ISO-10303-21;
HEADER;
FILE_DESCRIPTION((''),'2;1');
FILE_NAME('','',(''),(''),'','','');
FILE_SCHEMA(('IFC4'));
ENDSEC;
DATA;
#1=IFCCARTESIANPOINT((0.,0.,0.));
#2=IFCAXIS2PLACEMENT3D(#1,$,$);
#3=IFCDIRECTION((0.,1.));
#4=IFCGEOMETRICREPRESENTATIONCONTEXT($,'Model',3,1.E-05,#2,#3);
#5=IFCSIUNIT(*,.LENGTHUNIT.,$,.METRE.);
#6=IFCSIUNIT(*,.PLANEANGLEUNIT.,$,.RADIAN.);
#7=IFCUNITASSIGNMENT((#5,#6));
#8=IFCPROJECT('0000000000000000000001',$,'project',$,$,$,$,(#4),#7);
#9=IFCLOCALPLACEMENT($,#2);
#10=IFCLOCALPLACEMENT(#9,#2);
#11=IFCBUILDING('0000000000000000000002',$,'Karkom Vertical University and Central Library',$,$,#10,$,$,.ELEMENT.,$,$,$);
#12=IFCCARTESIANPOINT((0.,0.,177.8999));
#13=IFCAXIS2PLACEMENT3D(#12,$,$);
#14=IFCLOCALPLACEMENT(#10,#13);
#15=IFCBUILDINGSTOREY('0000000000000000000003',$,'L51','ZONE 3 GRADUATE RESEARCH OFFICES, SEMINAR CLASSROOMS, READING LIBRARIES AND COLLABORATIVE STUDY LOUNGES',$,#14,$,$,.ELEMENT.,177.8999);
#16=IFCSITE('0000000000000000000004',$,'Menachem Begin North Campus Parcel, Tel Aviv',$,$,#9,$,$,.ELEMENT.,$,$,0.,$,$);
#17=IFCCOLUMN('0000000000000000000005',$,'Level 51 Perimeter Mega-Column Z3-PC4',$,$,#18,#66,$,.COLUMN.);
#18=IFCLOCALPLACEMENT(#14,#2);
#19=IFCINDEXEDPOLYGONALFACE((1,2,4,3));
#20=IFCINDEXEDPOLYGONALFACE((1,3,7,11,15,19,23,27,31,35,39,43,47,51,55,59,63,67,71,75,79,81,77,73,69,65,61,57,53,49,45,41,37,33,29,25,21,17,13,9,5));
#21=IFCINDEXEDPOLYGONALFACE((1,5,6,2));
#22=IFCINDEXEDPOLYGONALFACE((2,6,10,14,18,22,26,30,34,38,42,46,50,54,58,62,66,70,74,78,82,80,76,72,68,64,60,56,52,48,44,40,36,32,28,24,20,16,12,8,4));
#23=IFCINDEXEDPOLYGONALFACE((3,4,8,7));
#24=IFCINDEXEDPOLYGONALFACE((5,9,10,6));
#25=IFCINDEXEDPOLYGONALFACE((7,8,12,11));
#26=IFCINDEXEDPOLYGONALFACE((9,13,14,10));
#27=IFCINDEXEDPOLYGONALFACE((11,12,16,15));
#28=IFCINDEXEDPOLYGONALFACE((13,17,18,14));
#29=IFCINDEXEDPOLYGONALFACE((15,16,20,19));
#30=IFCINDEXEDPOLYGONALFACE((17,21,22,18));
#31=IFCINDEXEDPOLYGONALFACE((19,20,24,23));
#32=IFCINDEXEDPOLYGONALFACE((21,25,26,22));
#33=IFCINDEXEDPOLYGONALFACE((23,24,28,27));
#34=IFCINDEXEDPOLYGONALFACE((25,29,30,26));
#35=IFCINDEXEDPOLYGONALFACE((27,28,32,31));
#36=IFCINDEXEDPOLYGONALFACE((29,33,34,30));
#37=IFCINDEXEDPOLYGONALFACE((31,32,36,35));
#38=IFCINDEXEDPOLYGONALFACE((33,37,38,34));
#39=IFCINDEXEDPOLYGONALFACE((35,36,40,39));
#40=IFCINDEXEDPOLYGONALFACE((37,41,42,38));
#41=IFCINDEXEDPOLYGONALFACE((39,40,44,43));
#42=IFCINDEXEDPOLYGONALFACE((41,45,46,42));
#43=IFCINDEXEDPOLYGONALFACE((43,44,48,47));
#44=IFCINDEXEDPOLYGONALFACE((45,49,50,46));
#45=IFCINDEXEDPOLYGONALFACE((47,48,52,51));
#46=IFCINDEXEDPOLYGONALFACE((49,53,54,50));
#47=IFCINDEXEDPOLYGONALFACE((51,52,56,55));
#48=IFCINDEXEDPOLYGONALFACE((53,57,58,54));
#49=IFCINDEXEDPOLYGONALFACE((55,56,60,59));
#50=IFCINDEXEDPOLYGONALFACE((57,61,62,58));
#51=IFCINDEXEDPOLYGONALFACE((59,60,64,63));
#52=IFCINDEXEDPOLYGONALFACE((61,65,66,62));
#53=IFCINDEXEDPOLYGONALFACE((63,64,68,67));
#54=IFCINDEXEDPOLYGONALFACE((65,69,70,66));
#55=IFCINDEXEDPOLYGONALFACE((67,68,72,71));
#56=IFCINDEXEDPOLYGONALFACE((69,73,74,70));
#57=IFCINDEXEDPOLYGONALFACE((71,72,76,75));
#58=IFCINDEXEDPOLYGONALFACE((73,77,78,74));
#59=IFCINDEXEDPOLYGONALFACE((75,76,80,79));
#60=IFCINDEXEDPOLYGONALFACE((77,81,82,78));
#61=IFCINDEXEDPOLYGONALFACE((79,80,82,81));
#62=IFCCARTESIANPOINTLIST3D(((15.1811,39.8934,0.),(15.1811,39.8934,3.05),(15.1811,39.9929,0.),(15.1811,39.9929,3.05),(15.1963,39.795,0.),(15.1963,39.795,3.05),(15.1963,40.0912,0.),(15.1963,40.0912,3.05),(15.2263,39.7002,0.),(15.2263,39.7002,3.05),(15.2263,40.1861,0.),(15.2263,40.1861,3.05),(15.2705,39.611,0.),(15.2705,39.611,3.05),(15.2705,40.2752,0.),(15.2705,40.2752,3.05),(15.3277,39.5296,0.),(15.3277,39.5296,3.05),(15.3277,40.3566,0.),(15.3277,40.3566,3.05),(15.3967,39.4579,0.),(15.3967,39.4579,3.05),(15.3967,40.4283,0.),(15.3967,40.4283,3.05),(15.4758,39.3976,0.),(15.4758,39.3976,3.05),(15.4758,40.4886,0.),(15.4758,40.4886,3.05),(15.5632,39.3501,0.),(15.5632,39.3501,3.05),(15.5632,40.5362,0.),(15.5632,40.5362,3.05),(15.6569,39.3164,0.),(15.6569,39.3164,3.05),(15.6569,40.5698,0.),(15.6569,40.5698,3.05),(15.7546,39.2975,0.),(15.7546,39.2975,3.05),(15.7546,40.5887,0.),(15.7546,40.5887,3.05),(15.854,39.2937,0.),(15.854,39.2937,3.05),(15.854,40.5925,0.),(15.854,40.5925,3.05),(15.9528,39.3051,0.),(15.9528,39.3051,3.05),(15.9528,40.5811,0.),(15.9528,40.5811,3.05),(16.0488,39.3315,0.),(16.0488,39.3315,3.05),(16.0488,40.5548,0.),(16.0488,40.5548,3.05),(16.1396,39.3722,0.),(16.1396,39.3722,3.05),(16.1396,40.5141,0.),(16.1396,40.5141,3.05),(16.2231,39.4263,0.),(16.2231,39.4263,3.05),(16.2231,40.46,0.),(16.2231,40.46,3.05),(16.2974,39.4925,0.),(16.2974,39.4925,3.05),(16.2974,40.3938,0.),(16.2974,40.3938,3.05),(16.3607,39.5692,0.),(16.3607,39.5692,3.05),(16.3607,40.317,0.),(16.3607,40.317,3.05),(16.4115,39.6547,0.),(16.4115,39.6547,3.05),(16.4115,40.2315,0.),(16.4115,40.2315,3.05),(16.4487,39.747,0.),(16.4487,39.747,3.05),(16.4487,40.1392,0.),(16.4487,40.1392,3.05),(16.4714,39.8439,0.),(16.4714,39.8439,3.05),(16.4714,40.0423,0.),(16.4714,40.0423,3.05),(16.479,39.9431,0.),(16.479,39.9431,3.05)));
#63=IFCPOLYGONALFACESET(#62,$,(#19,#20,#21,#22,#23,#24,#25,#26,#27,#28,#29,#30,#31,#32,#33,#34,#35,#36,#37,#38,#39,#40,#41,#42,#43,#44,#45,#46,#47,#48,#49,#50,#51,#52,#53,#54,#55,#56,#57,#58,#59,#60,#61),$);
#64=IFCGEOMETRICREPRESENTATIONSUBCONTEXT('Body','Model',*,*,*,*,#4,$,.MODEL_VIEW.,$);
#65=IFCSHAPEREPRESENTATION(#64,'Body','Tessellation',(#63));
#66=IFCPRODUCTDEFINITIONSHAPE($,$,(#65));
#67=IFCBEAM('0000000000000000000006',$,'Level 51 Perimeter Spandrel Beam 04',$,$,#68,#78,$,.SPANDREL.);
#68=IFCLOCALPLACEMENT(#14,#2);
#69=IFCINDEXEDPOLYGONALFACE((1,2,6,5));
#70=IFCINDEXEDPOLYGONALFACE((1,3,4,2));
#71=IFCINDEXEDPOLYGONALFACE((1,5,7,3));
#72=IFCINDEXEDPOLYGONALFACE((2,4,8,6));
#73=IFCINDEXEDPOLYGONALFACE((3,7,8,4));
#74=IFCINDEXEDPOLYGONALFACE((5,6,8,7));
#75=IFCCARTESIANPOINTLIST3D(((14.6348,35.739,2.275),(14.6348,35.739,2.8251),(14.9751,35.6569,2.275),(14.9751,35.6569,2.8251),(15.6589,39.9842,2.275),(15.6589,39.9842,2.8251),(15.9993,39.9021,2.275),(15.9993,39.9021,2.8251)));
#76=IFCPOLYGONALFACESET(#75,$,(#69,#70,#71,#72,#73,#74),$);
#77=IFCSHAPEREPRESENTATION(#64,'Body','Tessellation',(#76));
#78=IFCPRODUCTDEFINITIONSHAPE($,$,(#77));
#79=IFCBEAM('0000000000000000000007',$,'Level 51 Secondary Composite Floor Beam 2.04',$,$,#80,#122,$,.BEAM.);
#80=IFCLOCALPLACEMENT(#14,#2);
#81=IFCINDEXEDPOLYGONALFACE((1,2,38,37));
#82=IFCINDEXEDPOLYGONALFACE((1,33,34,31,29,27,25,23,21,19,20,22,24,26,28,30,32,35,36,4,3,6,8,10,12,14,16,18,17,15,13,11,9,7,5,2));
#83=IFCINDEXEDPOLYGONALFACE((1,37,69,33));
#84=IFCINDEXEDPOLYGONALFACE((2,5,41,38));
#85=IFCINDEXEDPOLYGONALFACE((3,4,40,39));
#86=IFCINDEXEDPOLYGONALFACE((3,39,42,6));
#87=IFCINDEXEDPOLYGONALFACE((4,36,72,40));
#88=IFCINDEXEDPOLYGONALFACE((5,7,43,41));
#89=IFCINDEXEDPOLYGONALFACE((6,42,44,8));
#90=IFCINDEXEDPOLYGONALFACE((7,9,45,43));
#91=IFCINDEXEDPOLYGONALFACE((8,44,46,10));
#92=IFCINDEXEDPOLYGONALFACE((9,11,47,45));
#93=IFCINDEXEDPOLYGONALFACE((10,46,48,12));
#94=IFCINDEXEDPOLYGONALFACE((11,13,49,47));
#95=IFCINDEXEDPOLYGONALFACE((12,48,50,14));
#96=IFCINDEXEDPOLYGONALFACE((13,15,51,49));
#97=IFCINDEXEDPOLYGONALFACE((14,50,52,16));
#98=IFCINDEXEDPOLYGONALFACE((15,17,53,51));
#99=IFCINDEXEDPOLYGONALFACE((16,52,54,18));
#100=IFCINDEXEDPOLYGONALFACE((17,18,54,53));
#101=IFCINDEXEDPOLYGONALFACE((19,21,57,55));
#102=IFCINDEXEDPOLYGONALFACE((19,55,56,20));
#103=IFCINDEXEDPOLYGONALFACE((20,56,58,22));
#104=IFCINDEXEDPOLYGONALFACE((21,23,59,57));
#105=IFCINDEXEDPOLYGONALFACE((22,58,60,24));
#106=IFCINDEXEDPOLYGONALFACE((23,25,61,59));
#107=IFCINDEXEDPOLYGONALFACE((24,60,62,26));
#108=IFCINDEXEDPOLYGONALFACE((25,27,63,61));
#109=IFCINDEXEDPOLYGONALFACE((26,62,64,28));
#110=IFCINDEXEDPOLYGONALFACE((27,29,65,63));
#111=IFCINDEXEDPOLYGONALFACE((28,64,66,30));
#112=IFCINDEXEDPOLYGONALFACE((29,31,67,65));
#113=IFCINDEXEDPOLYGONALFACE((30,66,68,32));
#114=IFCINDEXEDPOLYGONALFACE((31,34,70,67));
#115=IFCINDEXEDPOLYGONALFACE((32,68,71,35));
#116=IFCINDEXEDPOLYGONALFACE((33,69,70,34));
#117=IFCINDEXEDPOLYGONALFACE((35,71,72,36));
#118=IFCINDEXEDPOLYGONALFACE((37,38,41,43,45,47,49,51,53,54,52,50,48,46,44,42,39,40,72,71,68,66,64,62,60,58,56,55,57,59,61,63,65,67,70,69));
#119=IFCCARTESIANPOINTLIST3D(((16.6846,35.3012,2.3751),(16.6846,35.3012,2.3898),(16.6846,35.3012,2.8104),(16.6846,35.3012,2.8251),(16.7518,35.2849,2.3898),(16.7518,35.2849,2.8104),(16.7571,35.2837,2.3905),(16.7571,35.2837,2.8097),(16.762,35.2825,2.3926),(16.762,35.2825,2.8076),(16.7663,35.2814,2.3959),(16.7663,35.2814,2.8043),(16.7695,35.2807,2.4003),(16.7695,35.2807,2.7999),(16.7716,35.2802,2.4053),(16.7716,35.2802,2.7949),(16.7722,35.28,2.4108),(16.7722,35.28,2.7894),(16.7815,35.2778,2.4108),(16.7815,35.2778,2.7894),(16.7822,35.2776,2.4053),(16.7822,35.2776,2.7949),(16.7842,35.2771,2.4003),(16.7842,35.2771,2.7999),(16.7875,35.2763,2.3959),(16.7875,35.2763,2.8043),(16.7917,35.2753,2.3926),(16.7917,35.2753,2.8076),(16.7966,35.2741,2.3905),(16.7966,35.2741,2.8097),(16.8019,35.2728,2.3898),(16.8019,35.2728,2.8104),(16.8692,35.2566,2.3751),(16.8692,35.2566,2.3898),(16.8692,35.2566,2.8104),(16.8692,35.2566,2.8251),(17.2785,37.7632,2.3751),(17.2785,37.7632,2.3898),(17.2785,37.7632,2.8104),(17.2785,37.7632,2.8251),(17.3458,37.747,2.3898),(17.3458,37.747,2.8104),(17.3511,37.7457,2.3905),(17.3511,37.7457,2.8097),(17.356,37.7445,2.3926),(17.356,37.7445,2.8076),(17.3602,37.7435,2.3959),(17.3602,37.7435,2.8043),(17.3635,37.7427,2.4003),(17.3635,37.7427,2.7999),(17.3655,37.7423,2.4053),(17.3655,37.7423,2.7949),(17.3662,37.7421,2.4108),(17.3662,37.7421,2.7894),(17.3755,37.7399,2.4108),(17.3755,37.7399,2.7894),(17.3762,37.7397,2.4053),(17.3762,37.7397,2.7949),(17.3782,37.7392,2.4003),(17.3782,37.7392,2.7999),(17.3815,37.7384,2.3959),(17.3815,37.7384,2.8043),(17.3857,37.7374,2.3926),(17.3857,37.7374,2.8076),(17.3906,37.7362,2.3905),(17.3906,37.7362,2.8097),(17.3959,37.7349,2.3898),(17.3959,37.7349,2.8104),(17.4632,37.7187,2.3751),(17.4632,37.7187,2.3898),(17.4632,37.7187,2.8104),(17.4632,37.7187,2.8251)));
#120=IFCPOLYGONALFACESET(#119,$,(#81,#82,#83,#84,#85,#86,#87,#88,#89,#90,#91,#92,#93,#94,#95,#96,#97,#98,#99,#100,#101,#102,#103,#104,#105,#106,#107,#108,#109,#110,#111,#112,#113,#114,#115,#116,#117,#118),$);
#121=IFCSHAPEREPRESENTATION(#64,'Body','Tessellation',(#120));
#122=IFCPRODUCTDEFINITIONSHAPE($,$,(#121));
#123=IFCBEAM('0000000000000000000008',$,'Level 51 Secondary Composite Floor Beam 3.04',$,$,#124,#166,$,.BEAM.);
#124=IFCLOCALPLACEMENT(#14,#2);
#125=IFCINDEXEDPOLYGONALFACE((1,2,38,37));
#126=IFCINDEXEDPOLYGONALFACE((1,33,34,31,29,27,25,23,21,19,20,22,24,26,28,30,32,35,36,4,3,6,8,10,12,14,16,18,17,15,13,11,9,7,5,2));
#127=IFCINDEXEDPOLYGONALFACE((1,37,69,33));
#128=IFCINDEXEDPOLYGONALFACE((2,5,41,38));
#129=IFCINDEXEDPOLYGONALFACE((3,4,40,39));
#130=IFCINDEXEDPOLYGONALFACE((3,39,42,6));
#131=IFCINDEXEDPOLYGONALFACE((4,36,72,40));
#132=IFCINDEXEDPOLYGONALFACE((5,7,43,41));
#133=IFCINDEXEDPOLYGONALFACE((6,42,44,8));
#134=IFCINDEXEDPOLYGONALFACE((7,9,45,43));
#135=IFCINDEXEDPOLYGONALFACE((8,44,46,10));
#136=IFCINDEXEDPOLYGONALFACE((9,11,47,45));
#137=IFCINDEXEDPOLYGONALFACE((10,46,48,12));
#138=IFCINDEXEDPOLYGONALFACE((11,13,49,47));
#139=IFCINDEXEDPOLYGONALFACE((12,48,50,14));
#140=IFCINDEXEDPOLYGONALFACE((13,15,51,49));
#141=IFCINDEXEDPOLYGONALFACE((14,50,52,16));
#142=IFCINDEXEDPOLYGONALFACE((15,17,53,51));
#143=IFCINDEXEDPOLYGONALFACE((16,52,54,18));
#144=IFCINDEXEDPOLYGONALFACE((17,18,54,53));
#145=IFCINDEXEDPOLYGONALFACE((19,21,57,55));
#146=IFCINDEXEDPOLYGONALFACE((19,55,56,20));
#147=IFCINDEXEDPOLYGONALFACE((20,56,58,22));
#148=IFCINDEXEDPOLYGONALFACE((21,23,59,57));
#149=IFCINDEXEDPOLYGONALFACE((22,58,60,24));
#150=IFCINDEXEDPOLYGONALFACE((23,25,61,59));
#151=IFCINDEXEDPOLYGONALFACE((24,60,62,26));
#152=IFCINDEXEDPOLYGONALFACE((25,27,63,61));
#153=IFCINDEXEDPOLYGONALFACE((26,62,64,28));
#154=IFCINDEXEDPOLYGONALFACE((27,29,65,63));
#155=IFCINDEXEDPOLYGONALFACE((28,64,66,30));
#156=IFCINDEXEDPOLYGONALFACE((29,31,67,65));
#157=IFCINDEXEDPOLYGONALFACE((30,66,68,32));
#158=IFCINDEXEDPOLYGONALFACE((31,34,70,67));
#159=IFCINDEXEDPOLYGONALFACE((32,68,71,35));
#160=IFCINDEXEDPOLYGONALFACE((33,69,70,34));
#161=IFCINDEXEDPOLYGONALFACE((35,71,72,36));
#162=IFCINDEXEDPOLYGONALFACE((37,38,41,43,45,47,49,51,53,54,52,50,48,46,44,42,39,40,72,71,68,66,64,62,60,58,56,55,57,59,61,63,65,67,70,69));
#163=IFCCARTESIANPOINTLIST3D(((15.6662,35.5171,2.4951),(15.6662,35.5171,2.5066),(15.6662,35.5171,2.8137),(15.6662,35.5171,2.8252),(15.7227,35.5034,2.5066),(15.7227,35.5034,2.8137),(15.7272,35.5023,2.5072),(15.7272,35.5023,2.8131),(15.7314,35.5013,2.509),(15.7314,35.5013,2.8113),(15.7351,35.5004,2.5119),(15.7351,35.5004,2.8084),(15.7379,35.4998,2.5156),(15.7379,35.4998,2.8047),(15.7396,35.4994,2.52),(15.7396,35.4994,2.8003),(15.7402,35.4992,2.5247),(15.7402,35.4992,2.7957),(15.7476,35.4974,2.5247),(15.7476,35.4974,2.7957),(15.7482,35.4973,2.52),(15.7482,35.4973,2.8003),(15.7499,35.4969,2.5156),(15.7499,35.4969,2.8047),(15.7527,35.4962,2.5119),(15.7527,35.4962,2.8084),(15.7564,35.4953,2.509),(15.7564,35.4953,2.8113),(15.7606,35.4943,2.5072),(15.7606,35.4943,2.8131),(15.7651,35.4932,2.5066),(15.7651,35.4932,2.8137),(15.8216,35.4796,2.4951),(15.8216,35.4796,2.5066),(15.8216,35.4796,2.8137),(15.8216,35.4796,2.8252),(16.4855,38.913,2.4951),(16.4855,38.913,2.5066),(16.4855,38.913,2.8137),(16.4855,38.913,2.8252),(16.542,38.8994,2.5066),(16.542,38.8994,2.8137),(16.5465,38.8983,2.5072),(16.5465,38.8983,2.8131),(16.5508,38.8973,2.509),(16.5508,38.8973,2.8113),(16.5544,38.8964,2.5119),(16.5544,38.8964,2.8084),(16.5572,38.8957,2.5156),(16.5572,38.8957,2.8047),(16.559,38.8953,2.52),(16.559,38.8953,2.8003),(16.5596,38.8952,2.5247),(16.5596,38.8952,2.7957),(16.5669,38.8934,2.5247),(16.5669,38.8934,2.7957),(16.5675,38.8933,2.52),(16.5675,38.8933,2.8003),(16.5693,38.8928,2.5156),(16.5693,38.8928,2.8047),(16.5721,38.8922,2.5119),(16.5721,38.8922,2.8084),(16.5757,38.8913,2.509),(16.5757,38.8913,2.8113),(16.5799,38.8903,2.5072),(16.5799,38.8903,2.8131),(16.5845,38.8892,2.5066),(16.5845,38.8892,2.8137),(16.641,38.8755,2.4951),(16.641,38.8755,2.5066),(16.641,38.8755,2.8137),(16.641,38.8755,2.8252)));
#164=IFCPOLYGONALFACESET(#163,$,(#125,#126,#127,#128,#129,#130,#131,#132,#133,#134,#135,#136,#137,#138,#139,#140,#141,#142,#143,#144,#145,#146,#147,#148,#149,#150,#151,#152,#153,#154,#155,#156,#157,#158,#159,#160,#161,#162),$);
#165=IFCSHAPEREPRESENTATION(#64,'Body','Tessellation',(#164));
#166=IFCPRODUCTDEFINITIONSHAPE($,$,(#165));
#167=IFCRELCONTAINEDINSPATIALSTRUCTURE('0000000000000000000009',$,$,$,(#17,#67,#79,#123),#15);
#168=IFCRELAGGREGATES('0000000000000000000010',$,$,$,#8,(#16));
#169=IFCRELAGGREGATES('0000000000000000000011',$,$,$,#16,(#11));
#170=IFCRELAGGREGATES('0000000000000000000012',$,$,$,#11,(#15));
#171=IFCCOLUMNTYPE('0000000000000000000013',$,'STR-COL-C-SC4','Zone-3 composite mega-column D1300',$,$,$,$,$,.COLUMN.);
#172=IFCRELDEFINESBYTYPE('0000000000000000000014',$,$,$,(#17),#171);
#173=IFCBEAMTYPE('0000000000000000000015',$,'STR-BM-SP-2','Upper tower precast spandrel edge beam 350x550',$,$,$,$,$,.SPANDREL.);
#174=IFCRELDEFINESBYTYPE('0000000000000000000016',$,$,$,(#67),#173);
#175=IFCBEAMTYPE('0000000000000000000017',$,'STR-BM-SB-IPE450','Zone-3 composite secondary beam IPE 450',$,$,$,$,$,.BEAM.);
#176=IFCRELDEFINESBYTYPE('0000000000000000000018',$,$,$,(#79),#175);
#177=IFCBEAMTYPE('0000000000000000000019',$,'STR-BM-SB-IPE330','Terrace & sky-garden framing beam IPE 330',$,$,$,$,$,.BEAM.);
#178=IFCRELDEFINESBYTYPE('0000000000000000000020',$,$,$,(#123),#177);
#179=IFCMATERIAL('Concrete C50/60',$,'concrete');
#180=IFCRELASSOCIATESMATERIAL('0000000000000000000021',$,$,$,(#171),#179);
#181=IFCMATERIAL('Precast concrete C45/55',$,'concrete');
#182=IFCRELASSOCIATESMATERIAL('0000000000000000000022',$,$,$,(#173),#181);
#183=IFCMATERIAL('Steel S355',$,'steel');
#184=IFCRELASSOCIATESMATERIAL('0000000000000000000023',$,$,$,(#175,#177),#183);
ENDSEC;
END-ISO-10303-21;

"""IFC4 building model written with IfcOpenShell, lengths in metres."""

from ifc_helpers import new_model, si_unit, direction, frame, origin, origin_with_axes, origin_2d, place, context, subcontext, project, spatial, rectangle, circle, i_section, extrude, source, transform, mapped, material, material_profile, profile_set, type_object, element, save


model = new_model("IFC4")

# Units and contexts
model_context = context("Model", 3, precision=1e-05, world=origin(), true_north=direction((0.0, 1.0)))
body_context = subcontext(model_context, "Body", "Model", "MODEL_VIEW")
ifc_project = project(units=[si_unit("LENGTHUNIT", "METRE"), si_unit("PLANEANGLEUNIT", "RADIAN")], contexts=[model_context])

# Site, building, storey
site_placement = place(None, origin())
site = spatial("IfcSite", under=ifc_project, at=site_placement, Name="Menachem Begin North Campus Parcel, Tel Aviv", CompositionType="ELEMENT", RefElevation=0.0)
building_placement = place(site_placement, origin())
building = spatial("IfcBuilding", under=site, at=building_placement, Name="Karkom Vertical University and Central Library", CompositionType="ELEMENT")
storey_placement = place(building_placement, frame((0.0, 0.0, 177.8999)))
storey = spatial("IfcBuildingStorey", under=building, at=storey_placement, Name="L51", Description="ZONE 3 GRADUATE RESEARCH OFFICES, SEMINAR CLASSROOMS, READING LIBRARIES AND COLLABORATIVE STUDY LOUNGES", CompositionType="ELEMENT", Elevation=177.8999)

# Column
ifc_material_1 = material(Name="Concrete C50/60", Category="concrete")
ifc_material_profile_1 = material_profile(ifc_material_1, circle(Radius=0.6499, at=origin_2d()), Name="CFT-D1300")
ifc_profile_set_1 = profile_set([ifc_material_profile_1], Name="Concrete C50/60")
column_type = type_object("IfcColumnType", Name="STR-COL-C-SC4", Description="Zone-3 composite mega-column D1300", PredefinedType="COLUMN", material=ifc_profile_set_1)
shared_shape_1 = source(origin_with_axes(), body_context, "Body", "SweptSolid", [
    extrude(circle(Radius=0.6499, at=origin_2d()), origin(), (0.0, 0.0, 1.0), 3.05),
])
column_placement = place(storey_placement, frame((15.8291, 39.9431, 0.0), z_axis=(0.0, 0.0, 1.0), x_axis=(1.0, 0.0, 0.0)))
element("IfcColumn", 1, at=column_placement, inside=storey, type_object=column_type, Name="Level 51 Perimeter Mega-Column Z3-PC4", PredefinedType="COLUMN", context=body_context, shape_type="MappedRepresentation", body=[
    mapped(shared_shape_1, transform((0.0, 0.0, 0.0), scale=1.0)),
])

# Beams
ifc_material_2 = material(Name="Precast concrete C45/55", Category="concrete")
ifc_material_profile_2 = material_profile(ifc_material_2, rectangle(XDim=0.3501, YDim=0.55, at=origin_2d()), Name="SPB-350x550")
ifc_profile_set_2 = profile_set([ifc_material_profile_2], Name="Precast concrete C45/55")
beam_type_1 = type_object("IfcBeamType", Name="STR-BM-SP-2", Description="Upper tower precast spandrel edge beam 350x550", PredefinedType="SPANDREL", material=ifc_profile_set_2)
shared_shape_2 = source(origin_with_axes(), body_context, "Body", "SweptSolid", [
    extrude(rectangle(XDim=0.3501, YDim=0.55, at=origin_2d()), origin(), (0.0, 0.0, 1.0), 4.3669),
])
beam_1_placement = place(storey_placement, frame((15.8291, 39.9431, 2.55), z_axis=(-0.234529, -0.972109, 0.0), x_axis=(0.972109, -0.234529, 0.0)))
element("IfcBeam", 2, at=beam_1_placement, inside=storey, type_object=beam_type_1, Name="Level 51 Perimeter Spandrel Beam 04", PredefinedType="SPANDREL", context=body_context, shape_type="MappedRepresentation", body=[
    mapped(shared_shape_2, transform((0.0, 0.0, 0.0), scale=1.0)),
])
ifc_material_3 = material(Name="Steel S355", Category="steel")
ifc_material_profile_3 = material_profile(ifc_material_3, i_section(OverallWidth=0.1899, OverallDepth=0.45, WebThickness=0.0095, FlangeThickness=0.0146, FilletRadius=0.021, at=origin_2d()), Name="IPE 450")
ifc_profile_set_3 = profile_set([ifc_material_profile_3], Name="Steel S355")
beam_type_2 = type_object("IfcBeamType", Name="STR-BM-SB-IPE450", Description="Zone-3 composite secondary beam IPE 450", PredefinedType="BEAM", material=ifc_profile_set_3)
shared_shape_3 = source(origin_with_axes(), body_context, "Body", "SweptSolid", [
    extrude(i_section(OverallWidth=0.1899, OverallDepth=0.45, WebThickness=0.0095, FlangeThickness=0.0146, FilletRadius=0.021, at=origin_2d()), origin(), (0.0, 0.0, 1.0), 2.5327),
])
beam_2_placement = place(storey_placement, frame((17.3708, 37.741, 2.6001), z_axis=(-0.234521, -0.972111, 0.0), x_axis=(0.972111, -0.234521, 0.0)))
element("IfcBeam", 3, at=beam_2_placement, inside=storey, type_object=beam_type_2, Name="Level 51 Secondary Composite Floor Beam 2.04", PredefinedType="BEAM", context=body_context, shape_type="MappedRepresentation", body=[
    mapped(shared_shape_3, transform((0.0, 0.0, 0.0), scale=1.0)),
])
ifc_material_profile_4 = material_profile(ifc_material_3, i_section(OverallWidth=0.1599, OverallDepth=0.3301, WebThickness=0.0076, FlangeThickness=0.0115, FilletRadius=0.0181, at=origin_2d()), Name="IPE 330")
ifc_profile_set_4 = profile_set([ifc_material_profile_4], Name="Steel S355")
beam_type_3 = type_object("IfcBeamType", Name="STR-BM-SB-IPE330", Description="Terrace & sky-garden framing beam IPE 330", PredefinedType="BEAM", material=ifc_profile_set_4)
shared_shape_4 = source(origin_with_axes(), body_context, "Body", "SweptSolid", [
    extrude(i_section(OverallWidth=0.1599, OverallDepth=0.3301, WebThickness=0.0076, FlangeThickness=0.0115, FilletRadius=0.0181, at=origin_2d()), origin(), (0.0, 0.0, 1.0), 3.4934),
])
beam_3_placement = place(storey_placement, frame((16.5632, 38.8943, 2.6602), z_axis=(-0.234536, -0.972107, 0.0), x_axis=(0.972107, -0.234536, 0.0)))
element("IfcBeam", 4, at=beam_3_placement, inside=storey, type_object=beam_type_3, Name="Level 51 Secondary Composite Floor Beam 3.04", PredefinedType="BEAM", context=body_context, shape_type="MappedRepresentation", body=[
    mapped(shared_shape_4, transform((0.0, 0.0, 0.0), scale=1.0)),
])

save(model, "model.ifc")
